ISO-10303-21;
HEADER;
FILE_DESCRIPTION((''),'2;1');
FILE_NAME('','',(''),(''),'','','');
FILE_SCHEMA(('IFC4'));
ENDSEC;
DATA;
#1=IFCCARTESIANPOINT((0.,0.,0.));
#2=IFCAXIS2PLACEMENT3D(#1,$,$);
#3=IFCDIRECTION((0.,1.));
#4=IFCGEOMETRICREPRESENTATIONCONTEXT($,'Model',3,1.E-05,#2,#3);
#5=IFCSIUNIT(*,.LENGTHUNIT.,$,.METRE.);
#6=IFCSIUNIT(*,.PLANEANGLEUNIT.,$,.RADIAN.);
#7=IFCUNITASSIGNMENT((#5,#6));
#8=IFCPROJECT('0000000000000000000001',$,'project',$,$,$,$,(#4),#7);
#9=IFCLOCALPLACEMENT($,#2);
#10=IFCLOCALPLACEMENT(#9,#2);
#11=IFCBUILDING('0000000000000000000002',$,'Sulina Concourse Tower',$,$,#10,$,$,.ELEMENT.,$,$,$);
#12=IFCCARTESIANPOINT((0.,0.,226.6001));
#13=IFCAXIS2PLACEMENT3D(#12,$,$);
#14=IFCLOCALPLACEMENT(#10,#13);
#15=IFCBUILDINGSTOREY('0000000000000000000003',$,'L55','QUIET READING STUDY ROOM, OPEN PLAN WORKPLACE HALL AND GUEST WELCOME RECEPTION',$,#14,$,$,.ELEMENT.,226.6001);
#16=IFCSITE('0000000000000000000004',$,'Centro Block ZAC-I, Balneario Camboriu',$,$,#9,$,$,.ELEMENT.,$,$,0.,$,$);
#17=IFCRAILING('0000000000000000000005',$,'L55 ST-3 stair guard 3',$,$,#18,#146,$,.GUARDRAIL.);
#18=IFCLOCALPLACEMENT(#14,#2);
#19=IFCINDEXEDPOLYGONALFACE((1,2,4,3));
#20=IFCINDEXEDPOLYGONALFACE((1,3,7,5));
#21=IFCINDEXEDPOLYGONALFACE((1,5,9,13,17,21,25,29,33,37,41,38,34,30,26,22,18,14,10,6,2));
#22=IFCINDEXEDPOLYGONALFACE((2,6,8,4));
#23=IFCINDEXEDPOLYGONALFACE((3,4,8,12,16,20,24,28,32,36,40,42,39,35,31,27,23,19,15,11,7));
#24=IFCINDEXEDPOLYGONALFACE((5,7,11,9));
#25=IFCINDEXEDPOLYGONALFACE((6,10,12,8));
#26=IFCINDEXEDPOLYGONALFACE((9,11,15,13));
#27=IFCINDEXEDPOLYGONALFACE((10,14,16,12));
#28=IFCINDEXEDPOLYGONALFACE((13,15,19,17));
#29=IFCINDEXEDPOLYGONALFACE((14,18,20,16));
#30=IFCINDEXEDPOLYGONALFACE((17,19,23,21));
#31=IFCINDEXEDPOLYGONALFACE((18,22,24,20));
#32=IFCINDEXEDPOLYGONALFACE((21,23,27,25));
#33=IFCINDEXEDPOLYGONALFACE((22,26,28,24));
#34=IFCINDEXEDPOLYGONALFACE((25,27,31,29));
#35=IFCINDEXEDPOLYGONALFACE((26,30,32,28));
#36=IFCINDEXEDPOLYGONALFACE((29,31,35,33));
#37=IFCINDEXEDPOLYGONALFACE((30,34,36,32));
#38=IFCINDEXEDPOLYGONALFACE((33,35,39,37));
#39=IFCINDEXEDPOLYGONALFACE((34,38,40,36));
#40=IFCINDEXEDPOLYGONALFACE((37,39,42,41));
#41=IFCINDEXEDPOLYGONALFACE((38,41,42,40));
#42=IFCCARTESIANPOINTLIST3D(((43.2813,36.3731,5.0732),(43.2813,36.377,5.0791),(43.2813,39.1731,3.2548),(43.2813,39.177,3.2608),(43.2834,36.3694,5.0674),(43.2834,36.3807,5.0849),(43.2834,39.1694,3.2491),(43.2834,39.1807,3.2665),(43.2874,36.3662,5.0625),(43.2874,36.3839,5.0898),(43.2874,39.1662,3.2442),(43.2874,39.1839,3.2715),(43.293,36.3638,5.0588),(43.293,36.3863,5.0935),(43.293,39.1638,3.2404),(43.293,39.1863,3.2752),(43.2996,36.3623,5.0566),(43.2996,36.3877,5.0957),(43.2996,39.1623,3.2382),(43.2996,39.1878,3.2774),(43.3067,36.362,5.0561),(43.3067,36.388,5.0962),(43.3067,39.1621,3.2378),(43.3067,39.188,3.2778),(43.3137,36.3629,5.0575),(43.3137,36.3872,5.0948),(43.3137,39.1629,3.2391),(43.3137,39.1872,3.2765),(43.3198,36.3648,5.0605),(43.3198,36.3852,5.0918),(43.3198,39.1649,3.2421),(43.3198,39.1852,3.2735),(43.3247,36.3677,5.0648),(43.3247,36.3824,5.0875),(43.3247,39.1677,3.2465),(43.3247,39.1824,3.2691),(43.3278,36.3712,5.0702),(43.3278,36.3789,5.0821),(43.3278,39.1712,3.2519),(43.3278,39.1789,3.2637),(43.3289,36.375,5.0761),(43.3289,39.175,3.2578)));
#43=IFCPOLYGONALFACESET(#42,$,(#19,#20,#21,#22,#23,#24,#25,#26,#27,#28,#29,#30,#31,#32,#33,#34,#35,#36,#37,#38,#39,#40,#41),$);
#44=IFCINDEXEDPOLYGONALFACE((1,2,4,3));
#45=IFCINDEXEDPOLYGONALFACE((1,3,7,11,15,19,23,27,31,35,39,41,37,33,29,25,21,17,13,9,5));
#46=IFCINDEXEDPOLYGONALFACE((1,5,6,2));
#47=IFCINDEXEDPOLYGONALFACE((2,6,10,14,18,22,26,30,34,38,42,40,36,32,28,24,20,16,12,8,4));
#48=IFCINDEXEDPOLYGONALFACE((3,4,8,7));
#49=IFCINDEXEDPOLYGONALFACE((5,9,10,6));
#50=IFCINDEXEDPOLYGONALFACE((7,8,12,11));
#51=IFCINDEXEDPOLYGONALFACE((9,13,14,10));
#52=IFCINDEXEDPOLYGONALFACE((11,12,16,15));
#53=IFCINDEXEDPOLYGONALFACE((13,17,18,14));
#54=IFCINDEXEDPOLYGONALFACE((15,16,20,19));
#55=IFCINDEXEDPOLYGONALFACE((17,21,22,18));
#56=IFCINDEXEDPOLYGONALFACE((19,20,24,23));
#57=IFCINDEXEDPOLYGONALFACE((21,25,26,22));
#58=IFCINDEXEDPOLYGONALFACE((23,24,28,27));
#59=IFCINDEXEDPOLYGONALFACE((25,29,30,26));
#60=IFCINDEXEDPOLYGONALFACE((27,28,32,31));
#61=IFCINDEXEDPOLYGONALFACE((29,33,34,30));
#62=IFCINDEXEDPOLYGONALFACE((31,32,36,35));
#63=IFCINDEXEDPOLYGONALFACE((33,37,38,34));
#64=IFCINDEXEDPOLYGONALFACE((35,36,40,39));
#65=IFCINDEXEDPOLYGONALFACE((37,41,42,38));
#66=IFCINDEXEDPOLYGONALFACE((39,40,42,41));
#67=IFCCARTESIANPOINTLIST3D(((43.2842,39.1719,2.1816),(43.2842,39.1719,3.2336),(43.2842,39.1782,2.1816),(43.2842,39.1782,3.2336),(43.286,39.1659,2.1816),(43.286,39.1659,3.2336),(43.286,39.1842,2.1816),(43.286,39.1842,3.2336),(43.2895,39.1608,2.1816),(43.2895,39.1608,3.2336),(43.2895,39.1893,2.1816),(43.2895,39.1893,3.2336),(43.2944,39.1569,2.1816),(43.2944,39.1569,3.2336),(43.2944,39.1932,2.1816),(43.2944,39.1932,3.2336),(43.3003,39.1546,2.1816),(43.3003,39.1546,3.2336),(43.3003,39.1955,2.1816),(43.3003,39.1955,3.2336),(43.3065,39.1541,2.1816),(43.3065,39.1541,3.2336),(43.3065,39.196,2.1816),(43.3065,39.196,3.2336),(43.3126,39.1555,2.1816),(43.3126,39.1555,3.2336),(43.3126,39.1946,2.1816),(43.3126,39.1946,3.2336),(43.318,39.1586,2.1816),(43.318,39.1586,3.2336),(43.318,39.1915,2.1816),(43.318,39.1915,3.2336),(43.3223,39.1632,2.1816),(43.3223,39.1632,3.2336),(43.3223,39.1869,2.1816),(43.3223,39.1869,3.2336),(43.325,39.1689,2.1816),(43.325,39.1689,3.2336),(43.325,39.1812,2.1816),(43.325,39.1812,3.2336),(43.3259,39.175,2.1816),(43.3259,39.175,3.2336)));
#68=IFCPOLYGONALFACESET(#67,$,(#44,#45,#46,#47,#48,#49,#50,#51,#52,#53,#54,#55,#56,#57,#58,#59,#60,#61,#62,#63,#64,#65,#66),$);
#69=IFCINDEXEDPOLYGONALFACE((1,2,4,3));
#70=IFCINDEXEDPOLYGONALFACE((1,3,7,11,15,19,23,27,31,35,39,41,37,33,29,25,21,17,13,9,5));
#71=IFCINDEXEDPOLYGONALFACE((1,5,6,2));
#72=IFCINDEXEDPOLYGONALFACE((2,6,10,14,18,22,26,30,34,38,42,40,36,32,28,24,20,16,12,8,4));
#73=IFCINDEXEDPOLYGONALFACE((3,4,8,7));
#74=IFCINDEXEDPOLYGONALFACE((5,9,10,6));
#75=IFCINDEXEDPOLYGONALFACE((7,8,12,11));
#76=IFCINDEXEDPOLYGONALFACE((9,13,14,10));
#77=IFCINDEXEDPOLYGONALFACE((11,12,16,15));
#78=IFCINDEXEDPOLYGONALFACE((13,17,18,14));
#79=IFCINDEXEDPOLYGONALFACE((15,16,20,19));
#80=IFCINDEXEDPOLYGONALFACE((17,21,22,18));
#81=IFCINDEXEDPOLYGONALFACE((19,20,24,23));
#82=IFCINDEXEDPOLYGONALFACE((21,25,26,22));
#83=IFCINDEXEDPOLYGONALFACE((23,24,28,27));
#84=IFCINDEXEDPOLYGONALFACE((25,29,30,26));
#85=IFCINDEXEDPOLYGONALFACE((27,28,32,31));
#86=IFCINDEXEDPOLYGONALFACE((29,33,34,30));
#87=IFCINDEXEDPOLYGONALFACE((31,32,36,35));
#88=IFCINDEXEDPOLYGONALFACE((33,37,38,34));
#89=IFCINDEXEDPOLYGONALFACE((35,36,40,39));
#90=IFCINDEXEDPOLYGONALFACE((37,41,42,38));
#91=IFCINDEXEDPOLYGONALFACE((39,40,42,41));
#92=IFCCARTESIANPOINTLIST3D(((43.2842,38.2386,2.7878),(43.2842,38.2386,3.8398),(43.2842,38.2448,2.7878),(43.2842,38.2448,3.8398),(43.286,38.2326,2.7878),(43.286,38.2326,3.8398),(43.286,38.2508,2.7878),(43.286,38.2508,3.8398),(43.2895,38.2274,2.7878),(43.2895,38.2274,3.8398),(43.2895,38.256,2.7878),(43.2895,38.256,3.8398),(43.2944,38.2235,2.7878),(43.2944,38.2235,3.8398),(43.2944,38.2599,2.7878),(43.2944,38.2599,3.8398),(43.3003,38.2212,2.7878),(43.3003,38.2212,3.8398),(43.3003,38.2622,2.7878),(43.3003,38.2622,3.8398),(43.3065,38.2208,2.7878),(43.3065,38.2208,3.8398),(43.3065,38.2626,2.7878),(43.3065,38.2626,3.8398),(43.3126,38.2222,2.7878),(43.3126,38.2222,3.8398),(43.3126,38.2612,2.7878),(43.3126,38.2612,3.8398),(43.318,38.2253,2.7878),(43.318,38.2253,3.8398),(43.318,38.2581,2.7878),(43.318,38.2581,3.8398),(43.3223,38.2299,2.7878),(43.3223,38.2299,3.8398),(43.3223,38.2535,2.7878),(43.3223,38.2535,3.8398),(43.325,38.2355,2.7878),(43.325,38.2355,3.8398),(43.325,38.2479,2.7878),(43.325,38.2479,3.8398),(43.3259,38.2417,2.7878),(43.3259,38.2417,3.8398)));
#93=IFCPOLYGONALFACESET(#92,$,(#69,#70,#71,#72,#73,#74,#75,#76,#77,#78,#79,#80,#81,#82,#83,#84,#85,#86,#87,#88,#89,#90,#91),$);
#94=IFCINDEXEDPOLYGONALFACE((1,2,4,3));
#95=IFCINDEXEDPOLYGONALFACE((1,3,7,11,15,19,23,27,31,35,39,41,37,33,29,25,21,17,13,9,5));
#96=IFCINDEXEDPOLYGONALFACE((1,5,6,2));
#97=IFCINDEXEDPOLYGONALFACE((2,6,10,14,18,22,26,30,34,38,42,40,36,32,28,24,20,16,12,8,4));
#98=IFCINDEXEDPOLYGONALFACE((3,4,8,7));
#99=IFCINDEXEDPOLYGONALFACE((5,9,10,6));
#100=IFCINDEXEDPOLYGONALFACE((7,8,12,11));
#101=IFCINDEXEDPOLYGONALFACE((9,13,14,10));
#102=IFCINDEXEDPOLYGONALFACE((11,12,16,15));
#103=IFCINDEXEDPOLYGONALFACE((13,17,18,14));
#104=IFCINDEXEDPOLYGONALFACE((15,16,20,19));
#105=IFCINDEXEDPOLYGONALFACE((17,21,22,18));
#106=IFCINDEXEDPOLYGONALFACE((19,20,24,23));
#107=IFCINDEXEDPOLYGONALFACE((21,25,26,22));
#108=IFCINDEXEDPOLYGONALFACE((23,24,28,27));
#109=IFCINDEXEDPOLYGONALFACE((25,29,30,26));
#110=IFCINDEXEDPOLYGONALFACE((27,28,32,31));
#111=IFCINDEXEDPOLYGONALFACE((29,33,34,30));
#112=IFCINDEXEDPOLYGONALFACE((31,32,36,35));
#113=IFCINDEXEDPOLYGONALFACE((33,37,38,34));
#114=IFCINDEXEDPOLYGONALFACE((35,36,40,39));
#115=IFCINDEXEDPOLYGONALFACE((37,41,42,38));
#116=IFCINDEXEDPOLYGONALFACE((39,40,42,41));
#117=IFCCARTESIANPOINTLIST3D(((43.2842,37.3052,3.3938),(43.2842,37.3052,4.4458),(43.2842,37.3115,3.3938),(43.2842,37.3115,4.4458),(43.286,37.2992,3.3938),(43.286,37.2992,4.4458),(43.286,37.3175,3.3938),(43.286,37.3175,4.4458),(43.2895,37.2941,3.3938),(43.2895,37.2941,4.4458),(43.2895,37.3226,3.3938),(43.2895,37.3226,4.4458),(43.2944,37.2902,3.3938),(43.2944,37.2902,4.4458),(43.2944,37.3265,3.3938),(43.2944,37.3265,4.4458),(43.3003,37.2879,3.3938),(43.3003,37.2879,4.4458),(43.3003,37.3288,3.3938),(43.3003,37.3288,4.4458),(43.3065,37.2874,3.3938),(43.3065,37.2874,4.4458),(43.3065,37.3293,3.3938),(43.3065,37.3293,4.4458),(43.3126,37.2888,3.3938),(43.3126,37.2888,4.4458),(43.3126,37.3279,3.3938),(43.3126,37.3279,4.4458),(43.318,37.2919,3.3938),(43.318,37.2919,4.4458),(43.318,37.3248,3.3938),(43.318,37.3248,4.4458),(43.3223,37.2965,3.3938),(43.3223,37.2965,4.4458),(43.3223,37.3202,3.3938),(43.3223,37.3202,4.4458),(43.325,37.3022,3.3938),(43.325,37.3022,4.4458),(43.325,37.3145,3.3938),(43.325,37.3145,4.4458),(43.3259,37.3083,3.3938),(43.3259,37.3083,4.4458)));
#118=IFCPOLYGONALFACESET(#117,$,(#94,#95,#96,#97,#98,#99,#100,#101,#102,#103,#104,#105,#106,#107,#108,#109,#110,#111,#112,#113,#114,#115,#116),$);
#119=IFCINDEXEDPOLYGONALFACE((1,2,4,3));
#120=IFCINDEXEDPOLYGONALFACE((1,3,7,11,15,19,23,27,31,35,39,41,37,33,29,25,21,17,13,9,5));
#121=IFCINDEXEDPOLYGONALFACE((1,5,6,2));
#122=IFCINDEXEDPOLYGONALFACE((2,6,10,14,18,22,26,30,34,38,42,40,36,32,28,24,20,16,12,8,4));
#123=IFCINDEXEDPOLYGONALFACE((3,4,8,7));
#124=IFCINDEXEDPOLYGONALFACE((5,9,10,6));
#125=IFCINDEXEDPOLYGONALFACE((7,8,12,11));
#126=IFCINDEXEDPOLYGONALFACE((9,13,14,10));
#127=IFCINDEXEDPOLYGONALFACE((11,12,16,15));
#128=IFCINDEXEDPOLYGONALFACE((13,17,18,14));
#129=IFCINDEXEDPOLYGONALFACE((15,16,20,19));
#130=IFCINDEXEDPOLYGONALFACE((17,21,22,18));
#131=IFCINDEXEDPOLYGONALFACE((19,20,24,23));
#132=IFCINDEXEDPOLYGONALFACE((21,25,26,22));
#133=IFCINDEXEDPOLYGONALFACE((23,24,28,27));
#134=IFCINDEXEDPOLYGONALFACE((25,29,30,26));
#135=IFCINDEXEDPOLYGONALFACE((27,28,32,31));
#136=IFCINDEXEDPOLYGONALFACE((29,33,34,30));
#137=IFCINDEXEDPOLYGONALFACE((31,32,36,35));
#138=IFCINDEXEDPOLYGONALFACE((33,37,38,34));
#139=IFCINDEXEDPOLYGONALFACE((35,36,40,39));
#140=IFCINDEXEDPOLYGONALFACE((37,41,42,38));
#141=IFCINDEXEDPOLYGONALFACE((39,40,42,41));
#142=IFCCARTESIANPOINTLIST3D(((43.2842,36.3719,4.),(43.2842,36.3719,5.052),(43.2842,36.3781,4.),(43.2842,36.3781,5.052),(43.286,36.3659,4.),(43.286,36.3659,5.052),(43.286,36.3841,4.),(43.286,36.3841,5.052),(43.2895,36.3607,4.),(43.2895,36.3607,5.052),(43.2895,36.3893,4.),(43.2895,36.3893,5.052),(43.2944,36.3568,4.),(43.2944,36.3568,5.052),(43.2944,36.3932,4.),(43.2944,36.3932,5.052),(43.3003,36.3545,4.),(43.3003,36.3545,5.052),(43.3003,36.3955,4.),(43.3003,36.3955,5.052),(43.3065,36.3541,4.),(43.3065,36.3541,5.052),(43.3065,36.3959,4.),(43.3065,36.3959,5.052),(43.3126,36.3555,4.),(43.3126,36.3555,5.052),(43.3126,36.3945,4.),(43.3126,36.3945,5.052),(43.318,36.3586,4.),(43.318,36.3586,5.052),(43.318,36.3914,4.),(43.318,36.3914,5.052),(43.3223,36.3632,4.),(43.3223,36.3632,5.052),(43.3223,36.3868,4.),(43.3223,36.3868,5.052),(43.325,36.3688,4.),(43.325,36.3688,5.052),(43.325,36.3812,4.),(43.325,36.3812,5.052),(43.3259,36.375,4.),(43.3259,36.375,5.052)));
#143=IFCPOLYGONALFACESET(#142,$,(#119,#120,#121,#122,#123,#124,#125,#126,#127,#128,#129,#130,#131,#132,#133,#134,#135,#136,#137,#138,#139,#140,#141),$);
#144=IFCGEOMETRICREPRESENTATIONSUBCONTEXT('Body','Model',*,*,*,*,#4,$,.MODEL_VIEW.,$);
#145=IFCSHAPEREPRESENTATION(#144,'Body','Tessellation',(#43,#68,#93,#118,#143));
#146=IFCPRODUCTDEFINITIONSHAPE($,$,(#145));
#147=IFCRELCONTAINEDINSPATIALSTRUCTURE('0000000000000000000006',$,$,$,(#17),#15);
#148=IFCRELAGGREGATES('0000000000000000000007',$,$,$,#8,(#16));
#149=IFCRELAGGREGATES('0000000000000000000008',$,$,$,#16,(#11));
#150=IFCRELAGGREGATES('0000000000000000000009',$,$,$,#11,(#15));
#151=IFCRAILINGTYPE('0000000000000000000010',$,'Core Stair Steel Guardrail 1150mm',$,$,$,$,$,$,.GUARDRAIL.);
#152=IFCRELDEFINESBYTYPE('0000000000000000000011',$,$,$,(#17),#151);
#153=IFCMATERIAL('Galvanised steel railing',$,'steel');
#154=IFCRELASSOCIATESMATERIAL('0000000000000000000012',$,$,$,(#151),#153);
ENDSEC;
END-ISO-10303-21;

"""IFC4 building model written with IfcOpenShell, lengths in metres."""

from ifc_helpers import new_model, si_unit, direction, frame, origin, origin_2d, place, context, subcontext, project, spatial, circle, extrude, material, type_object, element, save


model = new_model("IFC4")

# Units and contexts
model_context = context("Model", 3, precision=1e-05, world=origin(), true_north=direction((0.0, 1.0)))
body_context = subcontext(model_context, "Body", "Model", "MODEL_VIEW")
ifc_project = project(units=[si_unit("LENGTHUNIT", "METRE"), si_unit("PLANEANGLEUNIT", "RADIAN")], contexts=[model_context])

# Site, building, storey
site_placement = place(None, origin())
site = spatial("IfcSite", under=ifc_project, at=site_placement, Name="Centro Block ZAC-I, Balneario Camboriu", CompositionType="ELEMENT", RefElevation=0.0)
building_placement = place(site_placement, origin())
building = spatial("IfcBuilding", under=site, at=building_placement, Name="Sulina Concourse Tower", CompositionType="ELEMENT")
storey_placement = place(building_placement, frame((0.0, 0.0, 226.6001)))
storey = spatial("IfcBuildingStorey", under=building, at=storey_placement, Name="L55", Description="QUIET READING STUDY ROOM, OPEN PLAN WORKPLACE HALL AND GUEST WELCOME RECEPTION", CompositionType="ELEMENT", Elevation=226.6001)

# Railing
ifc_material_1 = material(Name="Galvanised steel railing", Category="steel")
railing_type_1 = type_object("IfcRailingType", Name="Core Stair Steel Guardrail 1150mm", PredefinedType="GUARDRAIL", material=ifc_material_1)
railing_1_placement = place(storey_placement, frame((43.3049, 39.175, 2.1816)))
element("IfcRailing", 1, at=railing_1_placement, inside=storey, type_object=railing_type_1, Name="L55 ST-3 stair guard 3", PredefinedType="GUARDRAIL", context=body_context, shape_type="SweptSolid", body=[
    extrude(circle(Radius=0.0239, at=origin_2d()), frame((0.0, 0.0, 1.0762), z_axis=(0.0, -0.838672, 0.544636), x_axis=(1.0, 0.0, 0.0)), (0.0, 0.0, 1.0), 3.3386),
    extrude(circle(Radius=0.021, at=origin_2d()), origin(), (0.0, 0.0, 1.0), 1.052),
    extrude(circle(Radius=0.021, at=origin_2d()), frame((0.0, -0.9333, 0.6062)), (0.0, 0.0, 1.0), 1.052),
    extrude(circle(Radius=0.021, at=origin_2d()), frame((0.0, -1.8667, 1.2122)), (0.0, 0.0, 1.0), 1.052),
    extrude(circle(Radius=0.021, at=origin_2d()), frame((0.0, -2.8, 1.8184)), (0.0, 0.0, 1.0), 1.052),
])

save(model, "model.ifc")
